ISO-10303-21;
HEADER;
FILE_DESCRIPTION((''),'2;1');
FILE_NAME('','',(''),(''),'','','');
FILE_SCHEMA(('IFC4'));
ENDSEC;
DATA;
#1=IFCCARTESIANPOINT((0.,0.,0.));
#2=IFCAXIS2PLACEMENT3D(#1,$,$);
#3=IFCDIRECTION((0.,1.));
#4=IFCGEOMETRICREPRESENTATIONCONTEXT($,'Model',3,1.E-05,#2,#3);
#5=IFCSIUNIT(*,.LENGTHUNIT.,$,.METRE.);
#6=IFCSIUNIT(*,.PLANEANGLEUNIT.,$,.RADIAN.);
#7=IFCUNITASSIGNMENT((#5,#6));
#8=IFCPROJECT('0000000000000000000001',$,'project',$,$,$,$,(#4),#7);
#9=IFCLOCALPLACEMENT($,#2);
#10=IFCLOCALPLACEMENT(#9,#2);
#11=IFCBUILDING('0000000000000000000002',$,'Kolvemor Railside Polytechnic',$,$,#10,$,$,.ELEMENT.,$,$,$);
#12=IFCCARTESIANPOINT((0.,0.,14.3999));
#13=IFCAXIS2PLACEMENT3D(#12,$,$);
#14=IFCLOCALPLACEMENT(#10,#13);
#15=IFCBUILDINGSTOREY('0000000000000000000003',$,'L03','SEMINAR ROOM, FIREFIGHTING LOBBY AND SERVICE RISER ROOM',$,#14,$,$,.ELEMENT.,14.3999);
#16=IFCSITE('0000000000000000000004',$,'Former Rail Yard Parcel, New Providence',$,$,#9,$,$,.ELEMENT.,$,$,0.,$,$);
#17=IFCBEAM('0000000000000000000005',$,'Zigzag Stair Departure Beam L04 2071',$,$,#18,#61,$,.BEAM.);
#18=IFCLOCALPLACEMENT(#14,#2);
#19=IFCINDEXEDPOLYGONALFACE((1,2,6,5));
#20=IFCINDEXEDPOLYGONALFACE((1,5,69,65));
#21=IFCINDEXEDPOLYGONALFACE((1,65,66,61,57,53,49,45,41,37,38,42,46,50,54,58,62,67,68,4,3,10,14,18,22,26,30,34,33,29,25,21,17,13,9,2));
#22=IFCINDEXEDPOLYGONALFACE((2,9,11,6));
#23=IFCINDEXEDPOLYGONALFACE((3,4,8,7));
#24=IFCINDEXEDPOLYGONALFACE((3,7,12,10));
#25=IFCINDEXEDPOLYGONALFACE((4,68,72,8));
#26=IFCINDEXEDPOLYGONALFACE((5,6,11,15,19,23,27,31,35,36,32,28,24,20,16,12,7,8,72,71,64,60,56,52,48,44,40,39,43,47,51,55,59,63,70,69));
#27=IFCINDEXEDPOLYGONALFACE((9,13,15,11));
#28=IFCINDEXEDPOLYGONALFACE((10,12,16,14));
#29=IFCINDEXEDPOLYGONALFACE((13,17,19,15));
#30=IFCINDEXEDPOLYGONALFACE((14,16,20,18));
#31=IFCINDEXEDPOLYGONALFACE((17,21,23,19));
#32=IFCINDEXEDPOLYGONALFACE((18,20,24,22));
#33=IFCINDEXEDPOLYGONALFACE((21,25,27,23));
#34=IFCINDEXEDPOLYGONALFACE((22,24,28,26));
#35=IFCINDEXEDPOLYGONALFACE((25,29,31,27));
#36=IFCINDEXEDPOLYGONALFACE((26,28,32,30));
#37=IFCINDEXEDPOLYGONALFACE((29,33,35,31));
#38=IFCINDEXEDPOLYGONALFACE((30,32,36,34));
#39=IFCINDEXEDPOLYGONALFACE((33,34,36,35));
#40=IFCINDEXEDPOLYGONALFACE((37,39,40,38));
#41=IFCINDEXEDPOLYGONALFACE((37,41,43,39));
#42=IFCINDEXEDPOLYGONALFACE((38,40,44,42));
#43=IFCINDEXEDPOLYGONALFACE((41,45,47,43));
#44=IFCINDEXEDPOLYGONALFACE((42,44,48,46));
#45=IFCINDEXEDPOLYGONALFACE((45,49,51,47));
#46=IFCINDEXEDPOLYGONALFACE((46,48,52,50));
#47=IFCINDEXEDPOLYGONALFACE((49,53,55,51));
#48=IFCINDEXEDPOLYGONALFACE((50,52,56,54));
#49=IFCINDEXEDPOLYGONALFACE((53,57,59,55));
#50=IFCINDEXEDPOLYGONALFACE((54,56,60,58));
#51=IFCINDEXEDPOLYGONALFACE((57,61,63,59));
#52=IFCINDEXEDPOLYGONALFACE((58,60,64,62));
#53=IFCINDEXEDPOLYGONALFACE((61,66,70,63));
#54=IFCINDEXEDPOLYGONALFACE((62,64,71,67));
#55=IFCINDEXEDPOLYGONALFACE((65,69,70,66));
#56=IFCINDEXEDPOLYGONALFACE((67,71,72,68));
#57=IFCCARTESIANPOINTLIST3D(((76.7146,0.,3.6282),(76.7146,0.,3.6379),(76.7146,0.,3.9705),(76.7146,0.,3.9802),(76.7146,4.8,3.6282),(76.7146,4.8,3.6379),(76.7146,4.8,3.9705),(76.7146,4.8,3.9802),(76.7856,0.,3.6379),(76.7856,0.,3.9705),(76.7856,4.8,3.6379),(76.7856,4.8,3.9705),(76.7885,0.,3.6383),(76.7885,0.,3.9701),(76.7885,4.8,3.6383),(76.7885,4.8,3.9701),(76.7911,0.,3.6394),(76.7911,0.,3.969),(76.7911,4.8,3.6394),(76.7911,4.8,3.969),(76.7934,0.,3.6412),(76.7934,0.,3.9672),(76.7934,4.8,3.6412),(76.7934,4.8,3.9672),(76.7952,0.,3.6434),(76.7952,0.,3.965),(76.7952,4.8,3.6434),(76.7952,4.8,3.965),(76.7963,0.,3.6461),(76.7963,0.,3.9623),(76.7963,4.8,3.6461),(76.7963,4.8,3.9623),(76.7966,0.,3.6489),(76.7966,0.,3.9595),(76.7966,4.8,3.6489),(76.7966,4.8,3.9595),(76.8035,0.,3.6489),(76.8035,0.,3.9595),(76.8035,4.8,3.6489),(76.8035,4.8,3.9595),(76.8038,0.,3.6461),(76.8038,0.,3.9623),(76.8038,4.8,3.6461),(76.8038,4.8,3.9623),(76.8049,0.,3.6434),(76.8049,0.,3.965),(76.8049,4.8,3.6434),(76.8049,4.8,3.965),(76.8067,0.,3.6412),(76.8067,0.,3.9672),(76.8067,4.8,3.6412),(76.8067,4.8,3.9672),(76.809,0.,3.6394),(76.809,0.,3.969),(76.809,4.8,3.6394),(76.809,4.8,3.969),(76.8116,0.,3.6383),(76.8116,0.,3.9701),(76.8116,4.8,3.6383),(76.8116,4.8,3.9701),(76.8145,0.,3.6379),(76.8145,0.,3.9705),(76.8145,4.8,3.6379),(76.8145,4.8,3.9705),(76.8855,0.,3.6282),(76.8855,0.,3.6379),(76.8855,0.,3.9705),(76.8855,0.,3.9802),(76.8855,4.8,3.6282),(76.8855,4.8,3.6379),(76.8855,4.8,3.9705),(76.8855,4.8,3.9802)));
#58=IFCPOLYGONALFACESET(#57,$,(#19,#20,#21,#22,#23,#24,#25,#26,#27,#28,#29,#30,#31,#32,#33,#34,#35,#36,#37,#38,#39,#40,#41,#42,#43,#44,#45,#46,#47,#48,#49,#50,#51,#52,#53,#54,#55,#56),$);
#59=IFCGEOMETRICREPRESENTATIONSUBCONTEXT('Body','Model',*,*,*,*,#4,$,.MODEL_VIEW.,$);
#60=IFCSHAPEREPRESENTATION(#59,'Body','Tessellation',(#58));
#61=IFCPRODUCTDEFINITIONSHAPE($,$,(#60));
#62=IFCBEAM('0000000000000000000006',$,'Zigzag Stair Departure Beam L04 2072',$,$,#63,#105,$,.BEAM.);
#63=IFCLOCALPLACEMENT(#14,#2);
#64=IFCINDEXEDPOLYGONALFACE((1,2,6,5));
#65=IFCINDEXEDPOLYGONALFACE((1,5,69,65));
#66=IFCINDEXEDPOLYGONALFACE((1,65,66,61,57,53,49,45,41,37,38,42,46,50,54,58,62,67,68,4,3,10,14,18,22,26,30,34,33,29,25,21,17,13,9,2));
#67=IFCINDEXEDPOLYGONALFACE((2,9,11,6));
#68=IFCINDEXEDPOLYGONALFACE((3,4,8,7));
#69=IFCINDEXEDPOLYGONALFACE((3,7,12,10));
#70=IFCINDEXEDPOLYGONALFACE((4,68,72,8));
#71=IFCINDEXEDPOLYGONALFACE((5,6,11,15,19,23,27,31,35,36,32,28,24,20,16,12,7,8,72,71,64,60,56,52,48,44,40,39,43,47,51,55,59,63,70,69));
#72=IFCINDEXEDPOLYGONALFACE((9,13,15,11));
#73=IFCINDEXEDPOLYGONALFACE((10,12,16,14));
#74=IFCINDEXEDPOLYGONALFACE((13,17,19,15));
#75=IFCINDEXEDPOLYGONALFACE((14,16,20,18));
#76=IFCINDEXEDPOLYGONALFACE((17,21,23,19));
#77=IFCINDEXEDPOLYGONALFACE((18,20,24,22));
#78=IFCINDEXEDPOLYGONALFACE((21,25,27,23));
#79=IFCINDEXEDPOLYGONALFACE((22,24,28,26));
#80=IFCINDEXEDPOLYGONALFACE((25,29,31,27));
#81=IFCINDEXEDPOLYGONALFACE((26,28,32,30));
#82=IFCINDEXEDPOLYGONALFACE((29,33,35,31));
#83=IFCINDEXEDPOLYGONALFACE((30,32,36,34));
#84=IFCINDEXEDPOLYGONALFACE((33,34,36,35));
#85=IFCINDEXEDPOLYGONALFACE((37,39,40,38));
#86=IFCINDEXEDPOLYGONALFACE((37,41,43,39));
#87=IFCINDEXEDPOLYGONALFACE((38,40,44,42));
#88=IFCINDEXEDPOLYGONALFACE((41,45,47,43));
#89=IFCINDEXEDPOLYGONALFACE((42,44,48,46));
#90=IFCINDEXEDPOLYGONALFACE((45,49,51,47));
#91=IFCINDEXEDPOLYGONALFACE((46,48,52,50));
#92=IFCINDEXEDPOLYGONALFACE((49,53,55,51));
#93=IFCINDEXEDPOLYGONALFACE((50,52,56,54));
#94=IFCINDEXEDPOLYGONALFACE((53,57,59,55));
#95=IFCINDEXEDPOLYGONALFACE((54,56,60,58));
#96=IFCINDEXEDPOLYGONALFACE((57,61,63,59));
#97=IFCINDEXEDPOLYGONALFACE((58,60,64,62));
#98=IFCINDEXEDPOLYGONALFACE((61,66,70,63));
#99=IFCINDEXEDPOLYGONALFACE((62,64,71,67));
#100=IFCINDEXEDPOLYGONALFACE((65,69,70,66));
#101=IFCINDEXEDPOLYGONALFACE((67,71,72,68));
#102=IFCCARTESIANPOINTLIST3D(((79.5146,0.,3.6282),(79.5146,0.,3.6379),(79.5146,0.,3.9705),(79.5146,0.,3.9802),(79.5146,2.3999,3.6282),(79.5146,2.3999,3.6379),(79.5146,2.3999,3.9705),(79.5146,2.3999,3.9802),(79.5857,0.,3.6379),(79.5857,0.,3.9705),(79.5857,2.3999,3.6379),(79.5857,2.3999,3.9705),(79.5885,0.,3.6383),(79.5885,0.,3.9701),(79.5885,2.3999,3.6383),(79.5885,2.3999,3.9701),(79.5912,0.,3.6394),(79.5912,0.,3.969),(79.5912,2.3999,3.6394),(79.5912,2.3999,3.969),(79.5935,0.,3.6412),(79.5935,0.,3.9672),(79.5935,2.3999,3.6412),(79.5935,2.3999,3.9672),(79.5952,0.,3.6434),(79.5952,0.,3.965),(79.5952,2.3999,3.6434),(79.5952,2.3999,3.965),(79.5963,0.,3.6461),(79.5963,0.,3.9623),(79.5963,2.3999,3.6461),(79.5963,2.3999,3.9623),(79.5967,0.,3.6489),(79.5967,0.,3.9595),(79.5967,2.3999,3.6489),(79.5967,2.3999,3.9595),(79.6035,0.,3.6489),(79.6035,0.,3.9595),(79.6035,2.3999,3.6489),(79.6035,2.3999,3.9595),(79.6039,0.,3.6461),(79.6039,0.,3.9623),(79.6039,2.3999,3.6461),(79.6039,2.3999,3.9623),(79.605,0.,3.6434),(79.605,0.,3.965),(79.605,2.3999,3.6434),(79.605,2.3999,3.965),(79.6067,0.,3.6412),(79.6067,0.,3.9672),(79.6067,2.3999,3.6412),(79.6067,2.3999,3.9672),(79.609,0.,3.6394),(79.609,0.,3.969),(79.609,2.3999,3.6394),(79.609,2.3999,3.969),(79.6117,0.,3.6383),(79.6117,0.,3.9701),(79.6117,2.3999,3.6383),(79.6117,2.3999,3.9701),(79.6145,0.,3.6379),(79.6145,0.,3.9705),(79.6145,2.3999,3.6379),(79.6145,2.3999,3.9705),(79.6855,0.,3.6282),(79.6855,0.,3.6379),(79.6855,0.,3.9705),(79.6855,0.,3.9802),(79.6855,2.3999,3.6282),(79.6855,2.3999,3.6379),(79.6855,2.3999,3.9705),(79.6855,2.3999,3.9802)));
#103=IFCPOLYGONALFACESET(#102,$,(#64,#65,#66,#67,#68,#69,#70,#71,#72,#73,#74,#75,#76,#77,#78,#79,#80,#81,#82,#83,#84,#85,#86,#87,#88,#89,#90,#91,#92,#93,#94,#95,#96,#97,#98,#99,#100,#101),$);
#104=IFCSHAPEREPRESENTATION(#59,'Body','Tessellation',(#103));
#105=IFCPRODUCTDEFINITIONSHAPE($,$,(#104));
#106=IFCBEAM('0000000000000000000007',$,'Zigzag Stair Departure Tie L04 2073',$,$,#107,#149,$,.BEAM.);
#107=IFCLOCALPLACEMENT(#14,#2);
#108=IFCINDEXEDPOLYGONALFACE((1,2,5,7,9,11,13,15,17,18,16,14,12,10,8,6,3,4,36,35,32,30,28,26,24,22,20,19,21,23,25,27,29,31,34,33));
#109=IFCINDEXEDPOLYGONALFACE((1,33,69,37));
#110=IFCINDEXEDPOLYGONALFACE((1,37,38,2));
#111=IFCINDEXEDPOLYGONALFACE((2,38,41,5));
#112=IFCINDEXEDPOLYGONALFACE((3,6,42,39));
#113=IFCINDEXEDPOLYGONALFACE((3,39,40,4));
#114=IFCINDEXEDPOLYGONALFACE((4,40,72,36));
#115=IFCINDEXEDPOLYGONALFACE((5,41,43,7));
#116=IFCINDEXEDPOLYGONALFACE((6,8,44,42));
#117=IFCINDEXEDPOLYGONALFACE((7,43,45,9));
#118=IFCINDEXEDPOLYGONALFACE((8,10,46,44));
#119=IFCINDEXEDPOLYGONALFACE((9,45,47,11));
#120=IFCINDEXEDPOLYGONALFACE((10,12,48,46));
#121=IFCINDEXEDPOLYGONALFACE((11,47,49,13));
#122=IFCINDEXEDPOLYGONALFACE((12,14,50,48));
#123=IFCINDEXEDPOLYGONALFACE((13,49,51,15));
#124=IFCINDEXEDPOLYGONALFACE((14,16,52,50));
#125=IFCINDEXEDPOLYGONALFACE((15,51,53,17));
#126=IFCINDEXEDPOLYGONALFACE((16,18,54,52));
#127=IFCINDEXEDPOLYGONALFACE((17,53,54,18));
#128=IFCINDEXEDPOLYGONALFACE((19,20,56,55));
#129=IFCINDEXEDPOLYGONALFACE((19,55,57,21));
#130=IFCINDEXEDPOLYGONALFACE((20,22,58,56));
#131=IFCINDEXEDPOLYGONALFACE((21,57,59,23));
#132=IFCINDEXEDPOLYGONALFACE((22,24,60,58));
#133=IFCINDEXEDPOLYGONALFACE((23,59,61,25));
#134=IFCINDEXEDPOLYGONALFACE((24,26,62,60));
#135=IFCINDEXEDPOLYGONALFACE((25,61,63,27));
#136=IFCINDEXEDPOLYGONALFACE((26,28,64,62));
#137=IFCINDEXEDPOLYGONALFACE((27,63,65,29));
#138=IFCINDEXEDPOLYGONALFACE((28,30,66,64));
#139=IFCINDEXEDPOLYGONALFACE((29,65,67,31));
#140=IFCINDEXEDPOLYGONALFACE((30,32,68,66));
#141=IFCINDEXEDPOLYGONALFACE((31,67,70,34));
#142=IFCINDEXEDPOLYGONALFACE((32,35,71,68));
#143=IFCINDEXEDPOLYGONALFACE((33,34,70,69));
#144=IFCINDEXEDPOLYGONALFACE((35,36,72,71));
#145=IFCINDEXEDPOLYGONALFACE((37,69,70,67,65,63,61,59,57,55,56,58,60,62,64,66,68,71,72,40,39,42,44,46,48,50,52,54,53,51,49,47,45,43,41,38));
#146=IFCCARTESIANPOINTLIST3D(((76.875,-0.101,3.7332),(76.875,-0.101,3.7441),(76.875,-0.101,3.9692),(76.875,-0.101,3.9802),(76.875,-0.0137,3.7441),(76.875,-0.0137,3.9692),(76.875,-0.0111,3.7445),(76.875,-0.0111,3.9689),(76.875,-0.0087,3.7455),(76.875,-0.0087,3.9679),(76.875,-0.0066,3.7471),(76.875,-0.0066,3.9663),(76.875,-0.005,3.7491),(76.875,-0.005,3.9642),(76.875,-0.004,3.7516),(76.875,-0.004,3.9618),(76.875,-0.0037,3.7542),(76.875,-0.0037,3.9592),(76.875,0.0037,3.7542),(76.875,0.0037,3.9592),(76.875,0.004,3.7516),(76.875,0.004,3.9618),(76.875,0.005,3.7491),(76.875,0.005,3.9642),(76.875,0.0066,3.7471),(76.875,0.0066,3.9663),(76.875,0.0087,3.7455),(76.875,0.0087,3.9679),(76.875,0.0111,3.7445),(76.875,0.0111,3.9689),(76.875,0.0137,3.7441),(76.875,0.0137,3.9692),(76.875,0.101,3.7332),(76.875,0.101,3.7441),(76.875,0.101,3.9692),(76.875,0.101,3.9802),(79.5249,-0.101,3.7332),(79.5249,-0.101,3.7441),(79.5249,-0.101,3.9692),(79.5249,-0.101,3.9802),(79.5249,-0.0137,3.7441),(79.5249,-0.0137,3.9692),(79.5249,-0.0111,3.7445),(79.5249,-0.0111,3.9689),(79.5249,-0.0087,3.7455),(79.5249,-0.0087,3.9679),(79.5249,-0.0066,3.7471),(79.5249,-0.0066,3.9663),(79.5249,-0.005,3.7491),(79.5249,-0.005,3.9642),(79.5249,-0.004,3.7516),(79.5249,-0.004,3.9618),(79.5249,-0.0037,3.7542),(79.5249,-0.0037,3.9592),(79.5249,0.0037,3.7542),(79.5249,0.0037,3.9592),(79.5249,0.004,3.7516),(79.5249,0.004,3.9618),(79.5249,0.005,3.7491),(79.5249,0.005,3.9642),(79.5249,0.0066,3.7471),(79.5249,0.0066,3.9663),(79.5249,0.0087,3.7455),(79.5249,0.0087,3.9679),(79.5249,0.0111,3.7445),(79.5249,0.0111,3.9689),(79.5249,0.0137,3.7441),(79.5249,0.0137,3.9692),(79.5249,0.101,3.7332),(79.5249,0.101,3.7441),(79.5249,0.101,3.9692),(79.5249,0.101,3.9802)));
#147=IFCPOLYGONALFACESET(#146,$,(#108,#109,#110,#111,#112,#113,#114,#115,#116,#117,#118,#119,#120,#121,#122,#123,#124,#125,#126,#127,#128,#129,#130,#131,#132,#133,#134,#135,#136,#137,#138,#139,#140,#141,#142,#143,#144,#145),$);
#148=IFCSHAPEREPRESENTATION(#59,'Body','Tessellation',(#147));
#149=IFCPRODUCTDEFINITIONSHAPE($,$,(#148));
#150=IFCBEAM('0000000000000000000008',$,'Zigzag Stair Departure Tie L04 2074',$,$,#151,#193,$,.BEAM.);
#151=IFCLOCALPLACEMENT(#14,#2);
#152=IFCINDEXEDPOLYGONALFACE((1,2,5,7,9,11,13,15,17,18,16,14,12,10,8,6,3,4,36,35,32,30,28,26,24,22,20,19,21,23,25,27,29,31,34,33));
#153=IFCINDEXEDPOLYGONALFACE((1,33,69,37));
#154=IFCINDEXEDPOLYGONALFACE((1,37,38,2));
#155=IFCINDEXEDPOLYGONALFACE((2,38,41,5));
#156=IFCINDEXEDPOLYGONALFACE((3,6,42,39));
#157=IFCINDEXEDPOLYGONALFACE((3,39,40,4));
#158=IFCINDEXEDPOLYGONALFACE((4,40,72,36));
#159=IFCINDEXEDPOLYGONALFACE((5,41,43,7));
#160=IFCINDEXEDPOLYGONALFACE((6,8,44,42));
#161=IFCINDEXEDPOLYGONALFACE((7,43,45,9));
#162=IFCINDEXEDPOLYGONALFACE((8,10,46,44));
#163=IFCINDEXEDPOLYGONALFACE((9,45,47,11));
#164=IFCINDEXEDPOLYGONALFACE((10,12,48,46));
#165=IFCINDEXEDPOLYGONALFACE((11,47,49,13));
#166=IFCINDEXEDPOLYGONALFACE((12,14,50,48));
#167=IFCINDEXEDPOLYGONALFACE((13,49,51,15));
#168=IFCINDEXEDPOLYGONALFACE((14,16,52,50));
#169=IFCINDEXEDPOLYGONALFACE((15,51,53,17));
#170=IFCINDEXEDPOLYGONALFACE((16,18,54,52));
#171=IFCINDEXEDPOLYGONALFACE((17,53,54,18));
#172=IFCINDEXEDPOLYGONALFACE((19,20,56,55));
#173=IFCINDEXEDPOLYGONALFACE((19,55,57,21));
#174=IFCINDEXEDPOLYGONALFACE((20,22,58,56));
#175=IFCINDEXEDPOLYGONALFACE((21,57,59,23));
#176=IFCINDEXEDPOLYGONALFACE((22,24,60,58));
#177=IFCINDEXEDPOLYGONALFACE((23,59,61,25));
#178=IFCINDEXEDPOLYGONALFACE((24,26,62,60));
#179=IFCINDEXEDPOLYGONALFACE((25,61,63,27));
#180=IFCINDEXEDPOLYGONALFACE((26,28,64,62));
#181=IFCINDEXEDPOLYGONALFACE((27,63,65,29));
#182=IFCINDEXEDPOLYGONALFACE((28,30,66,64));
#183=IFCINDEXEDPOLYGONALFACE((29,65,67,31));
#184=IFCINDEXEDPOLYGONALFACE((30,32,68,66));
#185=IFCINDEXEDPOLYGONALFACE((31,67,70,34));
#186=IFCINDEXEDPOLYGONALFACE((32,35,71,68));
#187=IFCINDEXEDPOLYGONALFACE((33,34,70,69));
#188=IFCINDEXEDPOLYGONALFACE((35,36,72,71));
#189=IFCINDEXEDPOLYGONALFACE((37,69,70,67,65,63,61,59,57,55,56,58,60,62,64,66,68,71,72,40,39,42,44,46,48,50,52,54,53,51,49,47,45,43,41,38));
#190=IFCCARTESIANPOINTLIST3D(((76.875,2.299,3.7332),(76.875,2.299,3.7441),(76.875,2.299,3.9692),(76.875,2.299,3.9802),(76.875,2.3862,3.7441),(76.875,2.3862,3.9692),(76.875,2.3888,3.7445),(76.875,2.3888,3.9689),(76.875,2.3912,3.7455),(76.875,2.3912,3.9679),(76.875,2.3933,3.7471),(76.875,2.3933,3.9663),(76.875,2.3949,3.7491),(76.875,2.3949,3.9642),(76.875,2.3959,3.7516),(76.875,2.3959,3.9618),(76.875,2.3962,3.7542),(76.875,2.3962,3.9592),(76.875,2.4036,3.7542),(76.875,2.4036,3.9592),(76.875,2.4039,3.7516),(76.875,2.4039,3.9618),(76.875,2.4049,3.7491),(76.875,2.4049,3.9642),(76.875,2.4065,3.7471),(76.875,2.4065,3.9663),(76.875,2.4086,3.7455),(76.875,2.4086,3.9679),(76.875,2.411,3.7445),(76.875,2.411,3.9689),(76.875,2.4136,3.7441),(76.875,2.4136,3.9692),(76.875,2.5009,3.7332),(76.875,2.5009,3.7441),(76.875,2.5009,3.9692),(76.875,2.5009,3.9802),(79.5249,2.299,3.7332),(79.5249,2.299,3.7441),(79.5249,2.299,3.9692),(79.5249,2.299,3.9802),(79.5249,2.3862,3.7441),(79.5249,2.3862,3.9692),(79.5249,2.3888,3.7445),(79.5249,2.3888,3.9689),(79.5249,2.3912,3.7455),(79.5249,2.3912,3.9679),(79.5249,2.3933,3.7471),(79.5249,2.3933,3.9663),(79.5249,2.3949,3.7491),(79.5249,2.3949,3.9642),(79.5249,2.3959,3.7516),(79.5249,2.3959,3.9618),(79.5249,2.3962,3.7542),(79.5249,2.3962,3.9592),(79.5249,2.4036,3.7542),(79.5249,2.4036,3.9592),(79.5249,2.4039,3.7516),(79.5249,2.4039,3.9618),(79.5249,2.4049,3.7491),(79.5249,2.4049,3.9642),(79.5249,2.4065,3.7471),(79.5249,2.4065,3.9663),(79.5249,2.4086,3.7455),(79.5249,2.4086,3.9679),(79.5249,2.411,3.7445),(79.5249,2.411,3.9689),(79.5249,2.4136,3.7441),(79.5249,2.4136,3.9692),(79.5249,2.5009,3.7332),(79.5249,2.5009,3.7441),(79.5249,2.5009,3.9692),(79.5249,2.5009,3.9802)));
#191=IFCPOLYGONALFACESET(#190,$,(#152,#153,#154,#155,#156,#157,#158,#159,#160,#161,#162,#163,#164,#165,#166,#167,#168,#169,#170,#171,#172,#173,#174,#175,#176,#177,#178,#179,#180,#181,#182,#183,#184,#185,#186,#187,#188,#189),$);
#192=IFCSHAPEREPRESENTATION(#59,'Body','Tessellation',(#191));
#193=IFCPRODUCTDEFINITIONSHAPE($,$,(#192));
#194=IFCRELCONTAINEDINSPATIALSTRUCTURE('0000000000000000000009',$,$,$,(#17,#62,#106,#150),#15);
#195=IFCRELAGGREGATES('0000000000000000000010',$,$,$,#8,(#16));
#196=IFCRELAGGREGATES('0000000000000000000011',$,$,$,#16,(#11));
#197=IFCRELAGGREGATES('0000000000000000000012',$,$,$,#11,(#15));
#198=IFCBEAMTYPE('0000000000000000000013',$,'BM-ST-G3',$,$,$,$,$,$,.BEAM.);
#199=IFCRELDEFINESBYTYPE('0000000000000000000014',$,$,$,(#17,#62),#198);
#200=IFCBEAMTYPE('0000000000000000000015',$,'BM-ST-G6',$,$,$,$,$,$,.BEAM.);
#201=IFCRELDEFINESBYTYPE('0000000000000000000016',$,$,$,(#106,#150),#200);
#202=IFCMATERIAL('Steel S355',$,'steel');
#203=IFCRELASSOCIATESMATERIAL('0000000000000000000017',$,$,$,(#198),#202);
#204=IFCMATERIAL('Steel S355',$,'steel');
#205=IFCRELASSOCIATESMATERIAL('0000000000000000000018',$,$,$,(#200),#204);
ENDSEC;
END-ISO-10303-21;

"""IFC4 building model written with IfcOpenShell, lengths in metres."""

from ifc_helpers import new_model, si_unit, direction, frame, origin, origin_2d, place, context, subcontext, project, spatial, i_section, extrude, material, material_profile, profile_set, type_object, element, save


model = new_model("IFC4")

# Units and contexts
model_context = context("Model", 3, precision=1e-05, world=origin(), true_north=direction((0.0, 1.0)))
body_context = subcontext(model_context, "Body", "Model", "MODEL_VIEW")
ifc_project = project(units=[si_unit("LENGTHUNIT", "METRE"), si_unit("PLANEANGLEUNIT", "RADIAN")], contexts=[model_context])

# Site, building, storey
site_placement = place(None, origin())
site = spatial("IfcSite", under=ifc_project, at=site_placement, Name="Former Rail Yard Parcel, New Providence", CompositionType="ELEMENT", RefElevation=0.0)
building_placement = place(site_placement, origin())
building = spatial("IfcBuilding", under=site, at=building_placement, Name="Kolvemor Railside Polytechnic", CompositionType="ELEMENT")
storey_placement = place(building_placement, frame((0.0, 0.0, 14.3999)))
storey = spatial("IfcBuildingStorey", under=building, at=storey_placement, Name="L03", Description="SEMINAR ROOM, FIREFIGHTING LOBBY AND SERVICE RISER ROOM", CompositionType="ELEMENT", Elevation=14.3999)

# Beams
ifc_material_1 = material(Name="Steel S355", Category="steel")
ifc_material_profile_1 = material_profile(ifc_material_1, i_section(OverallWidth=0.1709, OverallDepth=0.3521, WebThickness=0.0068, FlangeThickness=0.0098, FilletRadius=0.011, at=origin_2d()), Name="W360x44")
ifc_profile_set_1 = profile_set([ifc_material_profile_1], Name="Steel S355")
beam_type_1 = type_object("IfcBeamType", Name="BM-ST-G3", PredefinedType="BEAM", material=ifc_profile_set_1)
beam_1_placement = place(storey_placement, frame((76.8, 0.0, 3.8042), z_axis=(0.0, 1.0, 0.0), x_axis=(-1.0, 0.0, 0.0)))
element("IfcBeam", 1, at=beam_1_placement, inside=storey, type_object=beam_type_1, Name="Zigzag Stair Departure Beam L04 2071", PredefinedType="BEAM", context=body_context, shape_type="SweptSolid", body=[
    extrude(i_section(OverallWidth=0.1709, OverallDepth=0.3521, WebThickness=0.0068, FlangeThickness=0.0098, FilletRadius=0.011, at=origin_2d()), origin(), (0.0, 0.0, 1.0), 4.8),
])
beam_2_placement = place(storey_placement, frame((79.6001, 0.0, 3.8042), z_axis=(0.0, 1.0, 0.0), x_axis=(-1.0, 0.0, 0.0)))
element("IfcBeam", 2, at=beam_2_placement, inside=storey, type_object=beam_type_1, Name="Zigzag Stair Departure Beam L04 2072", PredefinedType="BEAM", context=body_context, shape_type="SweptSolid", body=[
    extrude(i_section(OverallWidth=0.1709, OverallDepth=0.3521, WebThickness=0.0068, FlangeThickness=0.0098, FilletRadius=0.011, at=origin_2d()), origin(), (0.0, 0.0, 1.0), 2.3999),
])
ifc_material_2 = material(Name="Steel S355", Category="steel")
ifc_material_profile_2 = material_profile(ifc_material_2, i_section(OverallWidth=0.2019, OverallDepth=0.2471, WebThickness=0.0073, FlangeThickness=0.011, FilletRadius=0.01, at=origin_2d()), Name="W250x49")
ifc_profile_set_2 = profile_set([ifc_material_profile_2], Name="Steel S355")
beam_type_2 = type_object("IfcBeamType", Name="BM-ST-G6", PredefinedType="BEAM", material=ifc_profile_set_2)
for number, where, z_axis, x_axis, name in (
    (3, (76.875, 0.0, 3.8567), (1.0, 0.0, 0.0), (0.0, 1.0, 0.0), "Zigzag Stair Departure Tie L04 2073"),
    (4, (76.875, 2.3999, 3.8567), (1.0, 0.0, 0.0), (0.0, 1.0, 0.0), "Zigzag Stair Departure Tie L04 2074"),
):
    element("IfcBeam", number, at=place(storey_placement, frame(where, z_axis=z_axis, x_axis=x_axis)), inside=storey, type_object=beam_type_2, Name=name, PredefinedType="BEAM", context=body_context, shape_type="SweptSolid", body=[
        extrude(i_section(OverallWidth=0.2019, OverallDepth=0.2471, WebThickness=0.0073, FlangeThickness=0.011, FilletRadius=0.01, at=origin_2d()), origin(), (0.0, 0.0, 1.0), 2.6499),
    ])

save(model, "model.ifc")
